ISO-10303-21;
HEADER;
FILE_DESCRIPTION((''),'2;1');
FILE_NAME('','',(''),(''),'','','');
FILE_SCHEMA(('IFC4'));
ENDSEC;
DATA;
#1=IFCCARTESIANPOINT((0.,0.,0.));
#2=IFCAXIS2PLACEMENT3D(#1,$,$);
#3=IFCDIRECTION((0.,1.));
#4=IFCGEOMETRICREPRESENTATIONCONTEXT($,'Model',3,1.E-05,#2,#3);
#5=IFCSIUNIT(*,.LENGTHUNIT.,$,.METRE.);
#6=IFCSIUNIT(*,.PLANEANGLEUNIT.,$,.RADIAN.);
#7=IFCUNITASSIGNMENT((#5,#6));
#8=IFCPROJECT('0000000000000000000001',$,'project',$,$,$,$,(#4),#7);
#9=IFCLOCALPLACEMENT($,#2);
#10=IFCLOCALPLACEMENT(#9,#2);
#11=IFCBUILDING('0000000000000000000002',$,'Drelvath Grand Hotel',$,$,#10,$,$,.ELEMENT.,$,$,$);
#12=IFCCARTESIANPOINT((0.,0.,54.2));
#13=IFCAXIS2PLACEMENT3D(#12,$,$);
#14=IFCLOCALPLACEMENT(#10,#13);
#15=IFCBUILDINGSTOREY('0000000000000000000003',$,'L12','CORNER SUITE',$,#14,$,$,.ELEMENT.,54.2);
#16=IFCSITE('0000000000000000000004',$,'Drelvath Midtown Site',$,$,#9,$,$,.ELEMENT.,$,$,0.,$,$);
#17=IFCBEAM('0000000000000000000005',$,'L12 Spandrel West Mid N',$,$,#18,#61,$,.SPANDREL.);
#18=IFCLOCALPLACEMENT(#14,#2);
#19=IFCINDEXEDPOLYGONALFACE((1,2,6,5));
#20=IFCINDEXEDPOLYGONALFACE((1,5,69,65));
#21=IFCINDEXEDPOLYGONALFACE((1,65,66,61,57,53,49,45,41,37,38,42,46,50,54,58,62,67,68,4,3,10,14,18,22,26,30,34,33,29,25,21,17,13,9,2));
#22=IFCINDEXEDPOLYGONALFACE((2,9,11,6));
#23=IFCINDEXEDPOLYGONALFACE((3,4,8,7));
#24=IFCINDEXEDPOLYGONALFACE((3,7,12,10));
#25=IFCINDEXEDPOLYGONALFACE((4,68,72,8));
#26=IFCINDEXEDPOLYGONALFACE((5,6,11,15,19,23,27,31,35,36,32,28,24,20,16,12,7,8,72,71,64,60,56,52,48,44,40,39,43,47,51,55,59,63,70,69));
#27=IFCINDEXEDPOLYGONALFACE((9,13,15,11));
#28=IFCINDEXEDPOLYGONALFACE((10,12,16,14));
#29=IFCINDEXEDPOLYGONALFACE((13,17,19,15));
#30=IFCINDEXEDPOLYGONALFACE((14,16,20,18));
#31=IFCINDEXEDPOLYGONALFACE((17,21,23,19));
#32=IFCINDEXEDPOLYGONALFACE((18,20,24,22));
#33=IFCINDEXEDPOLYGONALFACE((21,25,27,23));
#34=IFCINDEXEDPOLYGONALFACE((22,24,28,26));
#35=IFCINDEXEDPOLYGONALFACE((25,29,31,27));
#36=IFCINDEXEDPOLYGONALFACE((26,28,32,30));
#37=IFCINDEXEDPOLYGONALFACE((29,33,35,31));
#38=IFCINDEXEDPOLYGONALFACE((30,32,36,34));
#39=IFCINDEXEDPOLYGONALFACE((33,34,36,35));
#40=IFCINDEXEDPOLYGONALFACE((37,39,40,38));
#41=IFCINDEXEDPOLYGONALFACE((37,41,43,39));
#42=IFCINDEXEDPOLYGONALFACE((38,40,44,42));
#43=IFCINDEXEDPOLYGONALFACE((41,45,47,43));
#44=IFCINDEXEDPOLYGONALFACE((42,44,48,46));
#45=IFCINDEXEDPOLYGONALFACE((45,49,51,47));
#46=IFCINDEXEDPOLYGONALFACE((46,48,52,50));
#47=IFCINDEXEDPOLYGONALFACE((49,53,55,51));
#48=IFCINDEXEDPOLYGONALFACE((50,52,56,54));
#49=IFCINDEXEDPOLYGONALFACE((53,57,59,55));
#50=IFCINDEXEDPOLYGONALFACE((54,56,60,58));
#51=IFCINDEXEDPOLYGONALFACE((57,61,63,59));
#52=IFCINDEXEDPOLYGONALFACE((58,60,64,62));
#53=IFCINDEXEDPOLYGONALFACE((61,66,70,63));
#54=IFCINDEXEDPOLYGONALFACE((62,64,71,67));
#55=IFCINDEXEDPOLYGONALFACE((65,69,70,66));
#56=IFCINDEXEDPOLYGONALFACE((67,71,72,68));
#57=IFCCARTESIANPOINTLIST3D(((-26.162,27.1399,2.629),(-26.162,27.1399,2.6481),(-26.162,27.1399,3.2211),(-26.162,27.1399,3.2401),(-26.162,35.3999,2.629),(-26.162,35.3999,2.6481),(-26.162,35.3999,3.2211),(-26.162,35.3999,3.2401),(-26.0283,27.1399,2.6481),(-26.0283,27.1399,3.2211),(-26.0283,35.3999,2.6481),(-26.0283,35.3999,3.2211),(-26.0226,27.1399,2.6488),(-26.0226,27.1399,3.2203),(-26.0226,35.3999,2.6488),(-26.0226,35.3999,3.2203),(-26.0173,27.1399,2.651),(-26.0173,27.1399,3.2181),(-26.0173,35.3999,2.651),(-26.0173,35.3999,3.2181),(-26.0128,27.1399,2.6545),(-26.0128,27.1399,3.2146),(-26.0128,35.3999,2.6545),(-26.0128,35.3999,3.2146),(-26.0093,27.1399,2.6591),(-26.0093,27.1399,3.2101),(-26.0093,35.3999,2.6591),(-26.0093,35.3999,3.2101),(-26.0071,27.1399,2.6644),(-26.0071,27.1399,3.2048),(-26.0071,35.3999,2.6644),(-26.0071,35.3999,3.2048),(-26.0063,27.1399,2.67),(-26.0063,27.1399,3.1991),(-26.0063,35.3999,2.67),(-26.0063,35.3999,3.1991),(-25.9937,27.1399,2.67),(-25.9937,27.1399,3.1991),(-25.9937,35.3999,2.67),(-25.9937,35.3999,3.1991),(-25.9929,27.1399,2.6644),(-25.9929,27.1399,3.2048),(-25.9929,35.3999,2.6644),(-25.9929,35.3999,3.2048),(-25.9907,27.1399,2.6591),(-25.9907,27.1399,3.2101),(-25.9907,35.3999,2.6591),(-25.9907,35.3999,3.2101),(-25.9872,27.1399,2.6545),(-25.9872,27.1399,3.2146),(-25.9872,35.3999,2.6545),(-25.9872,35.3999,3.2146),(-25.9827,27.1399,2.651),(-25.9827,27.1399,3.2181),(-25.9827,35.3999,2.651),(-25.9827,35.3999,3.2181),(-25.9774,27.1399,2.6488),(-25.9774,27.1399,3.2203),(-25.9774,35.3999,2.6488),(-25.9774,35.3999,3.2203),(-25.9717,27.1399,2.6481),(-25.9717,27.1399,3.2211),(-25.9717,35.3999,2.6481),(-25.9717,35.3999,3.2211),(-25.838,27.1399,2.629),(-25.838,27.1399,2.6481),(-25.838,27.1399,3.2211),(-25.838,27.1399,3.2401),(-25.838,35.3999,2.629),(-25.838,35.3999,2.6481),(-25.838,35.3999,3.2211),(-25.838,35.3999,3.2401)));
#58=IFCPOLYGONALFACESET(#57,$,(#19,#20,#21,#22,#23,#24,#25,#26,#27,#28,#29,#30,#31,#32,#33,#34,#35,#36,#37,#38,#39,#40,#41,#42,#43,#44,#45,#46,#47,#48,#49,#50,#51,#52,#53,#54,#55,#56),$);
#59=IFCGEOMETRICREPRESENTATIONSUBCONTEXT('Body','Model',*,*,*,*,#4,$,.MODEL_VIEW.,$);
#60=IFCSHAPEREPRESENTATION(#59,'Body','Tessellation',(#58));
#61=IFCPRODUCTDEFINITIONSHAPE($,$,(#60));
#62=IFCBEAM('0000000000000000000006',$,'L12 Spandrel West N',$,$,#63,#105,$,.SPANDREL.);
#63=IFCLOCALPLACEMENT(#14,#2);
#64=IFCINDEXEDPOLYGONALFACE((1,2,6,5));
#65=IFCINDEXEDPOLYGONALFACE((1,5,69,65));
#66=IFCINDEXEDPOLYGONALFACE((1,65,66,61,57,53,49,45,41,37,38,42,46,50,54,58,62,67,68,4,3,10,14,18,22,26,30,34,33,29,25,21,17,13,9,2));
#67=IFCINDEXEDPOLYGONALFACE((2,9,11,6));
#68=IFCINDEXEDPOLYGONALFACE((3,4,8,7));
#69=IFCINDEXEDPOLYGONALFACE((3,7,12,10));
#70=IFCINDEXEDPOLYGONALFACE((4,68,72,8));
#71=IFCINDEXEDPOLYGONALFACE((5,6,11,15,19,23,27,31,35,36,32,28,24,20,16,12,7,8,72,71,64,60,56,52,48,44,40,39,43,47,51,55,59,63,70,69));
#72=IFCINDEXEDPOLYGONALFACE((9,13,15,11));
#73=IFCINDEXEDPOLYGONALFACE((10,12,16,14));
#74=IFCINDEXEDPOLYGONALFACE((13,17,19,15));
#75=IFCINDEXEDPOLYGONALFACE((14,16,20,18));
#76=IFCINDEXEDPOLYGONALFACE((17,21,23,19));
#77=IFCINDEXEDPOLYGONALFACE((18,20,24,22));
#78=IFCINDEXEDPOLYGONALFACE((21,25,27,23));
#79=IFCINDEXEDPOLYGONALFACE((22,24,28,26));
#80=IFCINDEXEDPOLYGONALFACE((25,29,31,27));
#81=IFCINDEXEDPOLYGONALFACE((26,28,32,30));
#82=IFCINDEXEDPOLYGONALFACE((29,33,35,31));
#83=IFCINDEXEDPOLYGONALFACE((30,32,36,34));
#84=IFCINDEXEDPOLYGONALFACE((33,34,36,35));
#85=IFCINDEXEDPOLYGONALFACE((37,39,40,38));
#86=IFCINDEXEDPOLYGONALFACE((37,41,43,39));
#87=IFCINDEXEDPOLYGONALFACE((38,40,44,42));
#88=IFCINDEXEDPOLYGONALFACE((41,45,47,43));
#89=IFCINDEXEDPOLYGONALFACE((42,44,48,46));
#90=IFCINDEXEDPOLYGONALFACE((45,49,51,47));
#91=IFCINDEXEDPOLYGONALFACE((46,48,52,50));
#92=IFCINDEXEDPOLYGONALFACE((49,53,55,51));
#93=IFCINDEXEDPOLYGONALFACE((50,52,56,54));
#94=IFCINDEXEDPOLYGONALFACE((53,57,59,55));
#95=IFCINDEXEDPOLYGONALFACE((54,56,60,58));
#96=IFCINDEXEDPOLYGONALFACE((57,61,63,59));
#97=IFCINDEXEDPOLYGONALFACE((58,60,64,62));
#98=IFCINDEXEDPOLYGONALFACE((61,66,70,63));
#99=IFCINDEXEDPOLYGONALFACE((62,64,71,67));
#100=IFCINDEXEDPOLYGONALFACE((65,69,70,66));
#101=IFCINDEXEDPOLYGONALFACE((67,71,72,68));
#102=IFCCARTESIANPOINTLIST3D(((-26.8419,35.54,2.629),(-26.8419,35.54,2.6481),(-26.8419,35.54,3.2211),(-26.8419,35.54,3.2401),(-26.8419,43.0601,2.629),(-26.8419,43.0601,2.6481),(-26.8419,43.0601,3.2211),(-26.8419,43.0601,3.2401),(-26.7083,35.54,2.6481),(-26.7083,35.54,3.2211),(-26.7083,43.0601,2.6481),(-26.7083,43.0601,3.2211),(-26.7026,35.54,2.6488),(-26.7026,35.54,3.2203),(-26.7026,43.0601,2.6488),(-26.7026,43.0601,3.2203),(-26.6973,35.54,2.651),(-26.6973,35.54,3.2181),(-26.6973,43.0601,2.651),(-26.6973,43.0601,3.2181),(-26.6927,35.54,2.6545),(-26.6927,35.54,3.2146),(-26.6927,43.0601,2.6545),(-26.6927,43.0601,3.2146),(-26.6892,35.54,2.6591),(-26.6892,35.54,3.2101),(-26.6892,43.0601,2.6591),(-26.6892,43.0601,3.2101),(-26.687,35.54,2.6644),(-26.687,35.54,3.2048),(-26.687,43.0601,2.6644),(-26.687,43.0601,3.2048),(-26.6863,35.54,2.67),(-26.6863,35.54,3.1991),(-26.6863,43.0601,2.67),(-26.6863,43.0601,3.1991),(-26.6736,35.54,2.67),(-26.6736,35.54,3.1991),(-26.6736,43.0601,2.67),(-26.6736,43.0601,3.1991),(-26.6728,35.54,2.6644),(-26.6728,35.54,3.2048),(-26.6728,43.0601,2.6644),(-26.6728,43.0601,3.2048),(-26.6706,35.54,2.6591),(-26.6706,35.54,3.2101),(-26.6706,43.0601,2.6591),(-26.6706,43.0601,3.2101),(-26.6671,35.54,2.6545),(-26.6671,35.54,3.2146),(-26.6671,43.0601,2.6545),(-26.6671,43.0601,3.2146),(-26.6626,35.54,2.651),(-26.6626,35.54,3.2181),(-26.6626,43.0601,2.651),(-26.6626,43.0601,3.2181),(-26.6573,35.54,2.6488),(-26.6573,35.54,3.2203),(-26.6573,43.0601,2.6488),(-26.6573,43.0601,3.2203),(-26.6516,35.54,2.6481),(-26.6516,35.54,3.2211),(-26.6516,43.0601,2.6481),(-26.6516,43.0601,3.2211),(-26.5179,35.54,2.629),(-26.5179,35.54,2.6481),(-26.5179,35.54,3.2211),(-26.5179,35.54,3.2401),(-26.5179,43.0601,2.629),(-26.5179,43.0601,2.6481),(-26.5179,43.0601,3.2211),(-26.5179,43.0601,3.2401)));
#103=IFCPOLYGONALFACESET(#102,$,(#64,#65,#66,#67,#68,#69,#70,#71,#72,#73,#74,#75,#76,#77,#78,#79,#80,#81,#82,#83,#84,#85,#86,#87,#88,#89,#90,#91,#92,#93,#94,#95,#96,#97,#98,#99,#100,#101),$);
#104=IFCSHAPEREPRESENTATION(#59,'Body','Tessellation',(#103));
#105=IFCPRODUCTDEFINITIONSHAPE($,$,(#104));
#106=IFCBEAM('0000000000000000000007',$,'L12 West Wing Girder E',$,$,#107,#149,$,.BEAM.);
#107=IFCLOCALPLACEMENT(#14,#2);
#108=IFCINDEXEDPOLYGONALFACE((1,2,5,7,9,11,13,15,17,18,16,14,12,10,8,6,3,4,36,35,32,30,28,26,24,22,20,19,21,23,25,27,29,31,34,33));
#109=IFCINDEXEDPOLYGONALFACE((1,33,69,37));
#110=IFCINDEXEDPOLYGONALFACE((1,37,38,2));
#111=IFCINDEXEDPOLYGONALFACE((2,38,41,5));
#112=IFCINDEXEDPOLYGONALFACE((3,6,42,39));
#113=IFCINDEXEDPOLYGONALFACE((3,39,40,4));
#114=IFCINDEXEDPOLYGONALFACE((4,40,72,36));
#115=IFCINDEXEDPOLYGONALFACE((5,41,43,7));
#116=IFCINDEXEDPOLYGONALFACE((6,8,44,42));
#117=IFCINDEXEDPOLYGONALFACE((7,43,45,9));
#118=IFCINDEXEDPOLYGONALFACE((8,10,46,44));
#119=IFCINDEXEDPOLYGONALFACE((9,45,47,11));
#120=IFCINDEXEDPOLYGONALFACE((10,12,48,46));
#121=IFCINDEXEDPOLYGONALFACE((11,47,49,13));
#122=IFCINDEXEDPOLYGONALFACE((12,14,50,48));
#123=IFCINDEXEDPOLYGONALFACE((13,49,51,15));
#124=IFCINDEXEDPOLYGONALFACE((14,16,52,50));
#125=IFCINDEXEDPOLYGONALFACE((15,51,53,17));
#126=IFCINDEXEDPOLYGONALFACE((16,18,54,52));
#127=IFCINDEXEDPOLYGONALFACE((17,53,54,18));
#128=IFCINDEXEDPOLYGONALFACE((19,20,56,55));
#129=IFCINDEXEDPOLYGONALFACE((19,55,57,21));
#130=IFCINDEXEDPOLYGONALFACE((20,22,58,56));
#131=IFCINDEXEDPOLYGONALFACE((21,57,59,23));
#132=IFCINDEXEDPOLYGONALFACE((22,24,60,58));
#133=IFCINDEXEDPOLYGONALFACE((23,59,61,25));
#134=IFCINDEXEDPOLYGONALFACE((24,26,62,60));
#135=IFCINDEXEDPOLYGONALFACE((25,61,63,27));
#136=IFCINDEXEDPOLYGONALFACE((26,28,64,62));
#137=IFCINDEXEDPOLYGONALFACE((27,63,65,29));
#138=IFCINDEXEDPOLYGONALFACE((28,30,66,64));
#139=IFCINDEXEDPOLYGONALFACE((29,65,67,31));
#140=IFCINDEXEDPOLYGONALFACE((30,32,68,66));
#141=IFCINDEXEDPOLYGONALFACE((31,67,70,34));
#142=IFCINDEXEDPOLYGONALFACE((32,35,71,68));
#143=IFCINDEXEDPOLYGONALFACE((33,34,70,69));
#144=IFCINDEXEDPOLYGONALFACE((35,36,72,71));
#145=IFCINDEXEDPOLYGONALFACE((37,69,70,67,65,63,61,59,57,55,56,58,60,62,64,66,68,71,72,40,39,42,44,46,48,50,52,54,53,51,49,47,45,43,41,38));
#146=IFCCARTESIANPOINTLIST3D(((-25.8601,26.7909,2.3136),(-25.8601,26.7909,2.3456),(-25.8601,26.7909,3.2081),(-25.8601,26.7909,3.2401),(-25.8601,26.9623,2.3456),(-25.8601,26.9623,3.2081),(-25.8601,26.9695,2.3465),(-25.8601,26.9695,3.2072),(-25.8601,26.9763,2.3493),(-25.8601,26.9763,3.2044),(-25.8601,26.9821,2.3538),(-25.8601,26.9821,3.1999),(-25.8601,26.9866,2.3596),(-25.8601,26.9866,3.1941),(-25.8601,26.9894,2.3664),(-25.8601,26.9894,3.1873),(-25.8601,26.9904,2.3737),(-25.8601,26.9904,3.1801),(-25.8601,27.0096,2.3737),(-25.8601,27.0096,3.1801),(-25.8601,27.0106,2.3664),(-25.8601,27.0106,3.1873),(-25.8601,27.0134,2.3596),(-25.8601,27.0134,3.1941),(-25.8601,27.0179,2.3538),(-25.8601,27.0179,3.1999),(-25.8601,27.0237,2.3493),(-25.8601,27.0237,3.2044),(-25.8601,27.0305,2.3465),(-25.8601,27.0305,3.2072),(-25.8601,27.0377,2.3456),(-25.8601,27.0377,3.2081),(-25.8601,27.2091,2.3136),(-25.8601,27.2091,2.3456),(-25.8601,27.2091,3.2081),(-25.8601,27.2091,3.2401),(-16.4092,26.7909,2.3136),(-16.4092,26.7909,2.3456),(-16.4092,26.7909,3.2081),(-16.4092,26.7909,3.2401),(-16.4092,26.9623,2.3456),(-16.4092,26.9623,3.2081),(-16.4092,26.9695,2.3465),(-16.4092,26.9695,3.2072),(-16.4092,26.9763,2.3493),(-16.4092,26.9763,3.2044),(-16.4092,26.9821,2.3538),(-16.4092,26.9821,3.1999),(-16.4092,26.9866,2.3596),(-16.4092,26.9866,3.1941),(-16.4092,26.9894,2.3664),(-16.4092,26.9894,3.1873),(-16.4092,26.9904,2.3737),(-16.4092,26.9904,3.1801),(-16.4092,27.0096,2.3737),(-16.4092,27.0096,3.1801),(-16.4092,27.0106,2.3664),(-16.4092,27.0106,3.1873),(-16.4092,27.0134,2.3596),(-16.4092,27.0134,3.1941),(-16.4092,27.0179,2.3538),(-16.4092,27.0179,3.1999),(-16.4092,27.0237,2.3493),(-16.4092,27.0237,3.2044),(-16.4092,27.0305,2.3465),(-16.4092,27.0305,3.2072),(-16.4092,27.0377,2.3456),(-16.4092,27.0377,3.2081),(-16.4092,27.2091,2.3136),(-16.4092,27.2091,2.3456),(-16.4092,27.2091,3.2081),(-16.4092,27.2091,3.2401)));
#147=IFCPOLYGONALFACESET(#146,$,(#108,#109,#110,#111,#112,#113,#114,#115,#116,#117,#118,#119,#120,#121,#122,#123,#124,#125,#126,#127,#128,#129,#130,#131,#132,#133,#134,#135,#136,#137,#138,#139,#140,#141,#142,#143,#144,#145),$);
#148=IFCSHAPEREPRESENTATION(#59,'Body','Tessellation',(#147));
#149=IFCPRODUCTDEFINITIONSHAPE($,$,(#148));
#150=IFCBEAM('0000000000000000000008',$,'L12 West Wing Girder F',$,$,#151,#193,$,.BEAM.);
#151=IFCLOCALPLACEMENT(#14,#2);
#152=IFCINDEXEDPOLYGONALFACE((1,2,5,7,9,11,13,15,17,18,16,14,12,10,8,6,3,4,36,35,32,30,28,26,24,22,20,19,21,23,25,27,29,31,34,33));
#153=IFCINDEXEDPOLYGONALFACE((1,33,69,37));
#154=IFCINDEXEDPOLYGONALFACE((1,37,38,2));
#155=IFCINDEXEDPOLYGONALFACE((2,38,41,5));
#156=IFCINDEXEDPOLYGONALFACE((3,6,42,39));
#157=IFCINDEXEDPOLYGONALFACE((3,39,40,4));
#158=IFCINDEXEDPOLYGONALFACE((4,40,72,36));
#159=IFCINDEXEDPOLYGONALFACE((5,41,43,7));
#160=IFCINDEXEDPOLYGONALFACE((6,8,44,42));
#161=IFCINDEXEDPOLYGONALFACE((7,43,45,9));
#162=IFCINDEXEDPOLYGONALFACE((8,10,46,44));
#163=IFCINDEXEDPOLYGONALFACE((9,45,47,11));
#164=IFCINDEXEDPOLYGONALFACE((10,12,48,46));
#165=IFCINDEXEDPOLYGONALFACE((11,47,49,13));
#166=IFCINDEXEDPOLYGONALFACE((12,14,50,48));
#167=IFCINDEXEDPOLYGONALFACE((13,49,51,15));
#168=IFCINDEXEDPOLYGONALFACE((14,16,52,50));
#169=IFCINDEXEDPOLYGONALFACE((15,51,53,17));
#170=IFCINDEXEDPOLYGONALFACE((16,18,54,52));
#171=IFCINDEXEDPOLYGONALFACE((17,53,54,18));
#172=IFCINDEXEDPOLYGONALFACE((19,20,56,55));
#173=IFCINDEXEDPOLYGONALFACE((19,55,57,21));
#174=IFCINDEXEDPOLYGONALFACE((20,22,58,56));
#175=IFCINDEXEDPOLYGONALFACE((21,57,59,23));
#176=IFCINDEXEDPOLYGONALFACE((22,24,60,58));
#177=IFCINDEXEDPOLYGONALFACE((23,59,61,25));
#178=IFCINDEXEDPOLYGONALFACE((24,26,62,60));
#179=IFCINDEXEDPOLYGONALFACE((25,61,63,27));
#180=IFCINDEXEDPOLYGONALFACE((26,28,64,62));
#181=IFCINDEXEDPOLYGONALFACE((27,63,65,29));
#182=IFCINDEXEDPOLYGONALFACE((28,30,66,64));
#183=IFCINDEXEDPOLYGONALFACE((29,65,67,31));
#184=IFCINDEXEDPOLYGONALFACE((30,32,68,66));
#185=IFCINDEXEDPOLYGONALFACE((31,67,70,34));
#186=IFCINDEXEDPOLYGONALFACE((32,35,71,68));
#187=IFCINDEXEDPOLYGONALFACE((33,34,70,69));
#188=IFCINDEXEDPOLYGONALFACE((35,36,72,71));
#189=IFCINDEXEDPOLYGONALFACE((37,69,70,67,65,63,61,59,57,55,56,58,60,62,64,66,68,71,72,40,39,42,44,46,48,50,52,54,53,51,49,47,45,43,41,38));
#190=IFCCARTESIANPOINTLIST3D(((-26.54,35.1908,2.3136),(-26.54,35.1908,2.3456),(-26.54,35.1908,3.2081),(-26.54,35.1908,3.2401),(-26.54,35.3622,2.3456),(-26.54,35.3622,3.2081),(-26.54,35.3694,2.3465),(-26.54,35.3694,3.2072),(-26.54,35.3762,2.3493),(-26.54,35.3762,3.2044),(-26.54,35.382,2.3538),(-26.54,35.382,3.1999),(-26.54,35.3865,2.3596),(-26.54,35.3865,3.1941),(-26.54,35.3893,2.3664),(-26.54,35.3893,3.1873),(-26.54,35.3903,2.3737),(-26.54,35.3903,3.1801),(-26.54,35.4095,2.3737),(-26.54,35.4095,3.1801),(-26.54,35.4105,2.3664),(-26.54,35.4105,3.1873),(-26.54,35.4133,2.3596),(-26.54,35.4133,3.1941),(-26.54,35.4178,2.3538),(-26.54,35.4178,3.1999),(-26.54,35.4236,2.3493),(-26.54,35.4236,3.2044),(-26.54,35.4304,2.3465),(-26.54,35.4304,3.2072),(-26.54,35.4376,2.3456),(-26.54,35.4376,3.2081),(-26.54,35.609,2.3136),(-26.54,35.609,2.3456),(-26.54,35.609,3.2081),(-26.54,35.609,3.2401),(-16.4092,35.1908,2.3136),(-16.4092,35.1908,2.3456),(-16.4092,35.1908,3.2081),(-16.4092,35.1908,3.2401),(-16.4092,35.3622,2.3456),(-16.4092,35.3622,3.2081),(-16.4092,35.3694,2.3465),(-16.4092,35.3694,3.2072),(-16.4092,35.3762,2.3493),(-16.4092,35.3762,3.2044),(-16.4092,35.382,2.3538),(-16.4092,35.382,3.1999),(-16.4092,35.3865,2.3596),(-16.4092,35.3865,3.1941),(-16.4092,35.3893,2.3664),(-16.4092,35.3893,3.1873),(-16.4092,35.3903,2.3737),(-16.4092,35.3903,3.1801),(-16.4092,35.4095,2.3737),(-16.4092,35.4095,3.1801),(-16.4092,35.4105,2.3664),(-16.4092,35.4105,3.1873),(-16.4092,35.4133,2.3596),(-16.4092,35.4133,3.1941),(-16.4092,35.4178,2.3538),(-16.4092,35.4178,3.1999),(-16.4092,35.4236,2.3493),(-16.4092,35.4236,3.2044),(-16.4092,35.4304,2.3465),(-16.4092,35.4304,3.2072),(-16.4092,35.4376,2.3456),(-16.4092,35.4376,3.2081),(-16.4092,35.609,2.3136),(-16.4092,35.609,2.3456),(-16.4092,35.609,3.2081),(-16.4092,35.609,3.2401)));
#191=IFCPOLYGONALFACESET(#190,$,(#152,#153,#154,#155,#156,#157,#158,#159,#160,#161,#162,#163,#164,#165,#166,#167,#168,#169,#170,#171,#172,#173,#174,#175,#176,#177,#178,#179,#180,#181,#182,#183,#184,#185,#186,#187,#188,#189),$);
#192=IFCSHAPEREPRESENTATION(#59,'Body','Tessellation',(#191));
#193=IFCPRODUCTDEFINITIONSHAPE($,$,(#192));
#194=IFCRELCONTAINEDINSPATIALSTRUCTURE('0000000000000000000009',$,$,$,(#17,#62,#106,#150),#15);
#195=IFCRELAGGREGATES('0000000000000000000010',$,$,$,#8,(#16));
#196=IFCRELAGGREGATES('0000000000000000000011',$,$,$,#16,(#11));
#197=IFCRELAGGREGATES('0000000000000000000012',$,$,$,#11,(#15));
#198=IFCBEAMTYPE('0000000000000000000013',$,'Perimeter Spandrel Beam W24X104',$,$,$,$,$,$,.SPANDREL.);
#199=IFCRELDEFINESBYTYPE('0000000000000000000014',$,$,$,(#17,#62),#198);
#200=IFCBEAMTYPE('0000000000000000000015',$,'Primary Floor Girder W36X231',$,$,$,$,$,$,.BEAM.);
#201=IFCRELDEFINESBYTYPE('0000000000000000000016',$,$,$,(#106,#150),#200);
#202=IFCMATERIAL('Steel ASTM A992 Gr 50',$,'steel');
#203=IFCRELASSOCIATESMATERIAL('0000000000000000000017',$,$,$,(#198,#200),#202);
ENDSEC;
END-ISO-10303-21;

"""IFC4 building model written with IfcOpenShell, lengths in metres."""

from ifc_helpers import new_model, si_unit, direction, frame, origin, origin_2d, place, context, subcontext, project, spatial, i_section, extrude, material, material_profile, profile_set, type_object, element, save


model = new_model("IFC4")

# Units and contexts
model_context = context("Model", 3, precision=1e-05, world=origin(), true_north=direction((0.0, 1.0)))
body_context = subcontext(model_context, "Body", "Model", "MODEL_VIEW")
ifc_project = project(units=[si_unit("LENGTHUNIT", "METRE"), si_unit("PLANEANGLEUNIT", "RADIAN")], contexts=[model_context])

# Site, building, storey
site_placement = place(None, origin())
site = spatial("IfcSite", under=ifc_project, at=site_placement, Name="Drelvath Midtown Site", CompositionType="ELEMENT", RefElevation=0.0)
building_placement = place(site_placement, origin())
building = spatial("IfcBuilding", under=site, at=building_placement, Name="Drelvath Grand Hotel", CompositionType="ELEMENT")
storey_placement = place(building_placement, frame((0.0, 0.0, 54.2)))
storey = spatial("IfcBuildingStorey", under=building, at=storey_placement, Name="L12", Description="CORNER SUITE", CompositionType="ELEMENT", Elevation=54.2)

# Beams
ifc_material_1 = material(Name="Steel ASTM A992 Gr 50", Category="steel")
ifc_material_profile_1 = material_profile(ifc_material_1, i_section(OverallWidth=0.324, OverallDepth=0.6111, WebThickness=0.0127, FlangeThickness=0.019, FilletRadius=0.022, at=origin_2d()), Name="W24X104")
ifc_profile_set_1 = profile_set([ifc_material_profile_1], Name="Steel ASTM A992 Gr 50")
beam_type_1 = type_object("IfcBeamType", Name="Perimeter Spandrel Beam W24X104", PredefinedType="SPANDREL", material=ifc_profile_set_1)
beam_1_placement = place(storey_placement, frame((-26.0, 27.1399, 2.9346), z_axis=(0.0, 1.0, 0.0), x_axis=(-1.0, 0.0, 0.0)))
element("IfcBeam", 1, at=beam_1_placement, inside=storey, type_object=beam_type_1, Name="L12 Spandrel West Mid N", PredefinedType="SPANDREL", context=body_context, shape_type="SweptSolid", body=[
    extrude(i_section(OverallWidth=0.324, OverallDepth=0.6111, WebThickness=0.0127, FlangeThickness=0.019, FilletRadius=0.022, at=origin_2d()), origin(), (0.0, 0.0, 1.0), 8.26),
])
beam_2_placement = place(storey_placement, frame((-26.6799, 35.54, 2.9346), z_axis=(0.0, 1.0, 0.0), x_axis=(-1.0, 0.0, 0.0)))
element("IfcBeam", 2, at=beam_2_placement, inside=storey, type_object=beam_type_1, Name="L12 Spandrel West N", PredefinedType="SPANDREL", context=body_context, shape_type="SweptSolid", body=[
    extrude(i_section(OverallWidth=0.324, OverallDepth=0.6111, WebThickness=0.0127, FlangeThickness=0.019, FilletRadius=0.022, at=origin_2d()), origin(), (0.0, 0.0, 1.0), 7.52),
])
ifc_material_profile_2 = material_profile(ifc_material_1, i_section(OverallWidth=0.4182, OverallDepth=0.9265, WebThickness=0.0193, FlangeThickness=0.032, FilletRadius=0.0281, at=origin_2d()), Name="W36X231")
ifc_profile_set_2 = profile_set([ifc_material_profile_2], Name="Steel ASTM A992 Gr 50")
beam_type_2 = type_object("IfcBeamType", Name="Primary Floor Girder W36X231", PredefinedType="BEAM", material=ifc_profile_set_2)
beam_3_placement = place(storey_placement, frame((-25.8601, 27.0, 2.7769), z_axis=(1.0, 0.0, 0.0), x_axis=(0.0, 1.0, 0.0)))
element("IfcBeam", 3, at=beam_3_placement, inside=storey, type_object=beam_type_2, Name="L12 West Wing Girder E", PredefinedType="BEAM", context=body_context, shape_type="SweptSolid", body=[
    extrude(i_section(OverallWidth=0.4182, OverallDepth=0.9265, WebThickness=0.0193, FlangeThickness=0.032, FilletRadius=0.0281, at=origin_2d()), origin(), (0.0, 0.0, 1.0), 9.4509),
])
beam_4_placement = place(storey_placement, frame((-26.54, 35.3999, 2.7769), z_axis=(1.0, 0.0, 0.0), x_axis=(0.0, 1.0, 0.0)))
element("IfcBeam", 4, at=beam_4_placement, inside=storey, type_object=beam_type_2, Name="L12 West Wing Girder F", PredefinedType="BEAM", context=body_context, shape_type="SweptSolid", body=[
    extrude(i_section(OverallWidth=0.4182, OverallDepth=0.9265, WebThickness=0.0193, FlangeThickness=0.032, FilletRadius=0.0281, at=origin_2d()), origin(), (0.0, 0.0, 1.0), 10.1309),
])

save(model, "model.ifc")
